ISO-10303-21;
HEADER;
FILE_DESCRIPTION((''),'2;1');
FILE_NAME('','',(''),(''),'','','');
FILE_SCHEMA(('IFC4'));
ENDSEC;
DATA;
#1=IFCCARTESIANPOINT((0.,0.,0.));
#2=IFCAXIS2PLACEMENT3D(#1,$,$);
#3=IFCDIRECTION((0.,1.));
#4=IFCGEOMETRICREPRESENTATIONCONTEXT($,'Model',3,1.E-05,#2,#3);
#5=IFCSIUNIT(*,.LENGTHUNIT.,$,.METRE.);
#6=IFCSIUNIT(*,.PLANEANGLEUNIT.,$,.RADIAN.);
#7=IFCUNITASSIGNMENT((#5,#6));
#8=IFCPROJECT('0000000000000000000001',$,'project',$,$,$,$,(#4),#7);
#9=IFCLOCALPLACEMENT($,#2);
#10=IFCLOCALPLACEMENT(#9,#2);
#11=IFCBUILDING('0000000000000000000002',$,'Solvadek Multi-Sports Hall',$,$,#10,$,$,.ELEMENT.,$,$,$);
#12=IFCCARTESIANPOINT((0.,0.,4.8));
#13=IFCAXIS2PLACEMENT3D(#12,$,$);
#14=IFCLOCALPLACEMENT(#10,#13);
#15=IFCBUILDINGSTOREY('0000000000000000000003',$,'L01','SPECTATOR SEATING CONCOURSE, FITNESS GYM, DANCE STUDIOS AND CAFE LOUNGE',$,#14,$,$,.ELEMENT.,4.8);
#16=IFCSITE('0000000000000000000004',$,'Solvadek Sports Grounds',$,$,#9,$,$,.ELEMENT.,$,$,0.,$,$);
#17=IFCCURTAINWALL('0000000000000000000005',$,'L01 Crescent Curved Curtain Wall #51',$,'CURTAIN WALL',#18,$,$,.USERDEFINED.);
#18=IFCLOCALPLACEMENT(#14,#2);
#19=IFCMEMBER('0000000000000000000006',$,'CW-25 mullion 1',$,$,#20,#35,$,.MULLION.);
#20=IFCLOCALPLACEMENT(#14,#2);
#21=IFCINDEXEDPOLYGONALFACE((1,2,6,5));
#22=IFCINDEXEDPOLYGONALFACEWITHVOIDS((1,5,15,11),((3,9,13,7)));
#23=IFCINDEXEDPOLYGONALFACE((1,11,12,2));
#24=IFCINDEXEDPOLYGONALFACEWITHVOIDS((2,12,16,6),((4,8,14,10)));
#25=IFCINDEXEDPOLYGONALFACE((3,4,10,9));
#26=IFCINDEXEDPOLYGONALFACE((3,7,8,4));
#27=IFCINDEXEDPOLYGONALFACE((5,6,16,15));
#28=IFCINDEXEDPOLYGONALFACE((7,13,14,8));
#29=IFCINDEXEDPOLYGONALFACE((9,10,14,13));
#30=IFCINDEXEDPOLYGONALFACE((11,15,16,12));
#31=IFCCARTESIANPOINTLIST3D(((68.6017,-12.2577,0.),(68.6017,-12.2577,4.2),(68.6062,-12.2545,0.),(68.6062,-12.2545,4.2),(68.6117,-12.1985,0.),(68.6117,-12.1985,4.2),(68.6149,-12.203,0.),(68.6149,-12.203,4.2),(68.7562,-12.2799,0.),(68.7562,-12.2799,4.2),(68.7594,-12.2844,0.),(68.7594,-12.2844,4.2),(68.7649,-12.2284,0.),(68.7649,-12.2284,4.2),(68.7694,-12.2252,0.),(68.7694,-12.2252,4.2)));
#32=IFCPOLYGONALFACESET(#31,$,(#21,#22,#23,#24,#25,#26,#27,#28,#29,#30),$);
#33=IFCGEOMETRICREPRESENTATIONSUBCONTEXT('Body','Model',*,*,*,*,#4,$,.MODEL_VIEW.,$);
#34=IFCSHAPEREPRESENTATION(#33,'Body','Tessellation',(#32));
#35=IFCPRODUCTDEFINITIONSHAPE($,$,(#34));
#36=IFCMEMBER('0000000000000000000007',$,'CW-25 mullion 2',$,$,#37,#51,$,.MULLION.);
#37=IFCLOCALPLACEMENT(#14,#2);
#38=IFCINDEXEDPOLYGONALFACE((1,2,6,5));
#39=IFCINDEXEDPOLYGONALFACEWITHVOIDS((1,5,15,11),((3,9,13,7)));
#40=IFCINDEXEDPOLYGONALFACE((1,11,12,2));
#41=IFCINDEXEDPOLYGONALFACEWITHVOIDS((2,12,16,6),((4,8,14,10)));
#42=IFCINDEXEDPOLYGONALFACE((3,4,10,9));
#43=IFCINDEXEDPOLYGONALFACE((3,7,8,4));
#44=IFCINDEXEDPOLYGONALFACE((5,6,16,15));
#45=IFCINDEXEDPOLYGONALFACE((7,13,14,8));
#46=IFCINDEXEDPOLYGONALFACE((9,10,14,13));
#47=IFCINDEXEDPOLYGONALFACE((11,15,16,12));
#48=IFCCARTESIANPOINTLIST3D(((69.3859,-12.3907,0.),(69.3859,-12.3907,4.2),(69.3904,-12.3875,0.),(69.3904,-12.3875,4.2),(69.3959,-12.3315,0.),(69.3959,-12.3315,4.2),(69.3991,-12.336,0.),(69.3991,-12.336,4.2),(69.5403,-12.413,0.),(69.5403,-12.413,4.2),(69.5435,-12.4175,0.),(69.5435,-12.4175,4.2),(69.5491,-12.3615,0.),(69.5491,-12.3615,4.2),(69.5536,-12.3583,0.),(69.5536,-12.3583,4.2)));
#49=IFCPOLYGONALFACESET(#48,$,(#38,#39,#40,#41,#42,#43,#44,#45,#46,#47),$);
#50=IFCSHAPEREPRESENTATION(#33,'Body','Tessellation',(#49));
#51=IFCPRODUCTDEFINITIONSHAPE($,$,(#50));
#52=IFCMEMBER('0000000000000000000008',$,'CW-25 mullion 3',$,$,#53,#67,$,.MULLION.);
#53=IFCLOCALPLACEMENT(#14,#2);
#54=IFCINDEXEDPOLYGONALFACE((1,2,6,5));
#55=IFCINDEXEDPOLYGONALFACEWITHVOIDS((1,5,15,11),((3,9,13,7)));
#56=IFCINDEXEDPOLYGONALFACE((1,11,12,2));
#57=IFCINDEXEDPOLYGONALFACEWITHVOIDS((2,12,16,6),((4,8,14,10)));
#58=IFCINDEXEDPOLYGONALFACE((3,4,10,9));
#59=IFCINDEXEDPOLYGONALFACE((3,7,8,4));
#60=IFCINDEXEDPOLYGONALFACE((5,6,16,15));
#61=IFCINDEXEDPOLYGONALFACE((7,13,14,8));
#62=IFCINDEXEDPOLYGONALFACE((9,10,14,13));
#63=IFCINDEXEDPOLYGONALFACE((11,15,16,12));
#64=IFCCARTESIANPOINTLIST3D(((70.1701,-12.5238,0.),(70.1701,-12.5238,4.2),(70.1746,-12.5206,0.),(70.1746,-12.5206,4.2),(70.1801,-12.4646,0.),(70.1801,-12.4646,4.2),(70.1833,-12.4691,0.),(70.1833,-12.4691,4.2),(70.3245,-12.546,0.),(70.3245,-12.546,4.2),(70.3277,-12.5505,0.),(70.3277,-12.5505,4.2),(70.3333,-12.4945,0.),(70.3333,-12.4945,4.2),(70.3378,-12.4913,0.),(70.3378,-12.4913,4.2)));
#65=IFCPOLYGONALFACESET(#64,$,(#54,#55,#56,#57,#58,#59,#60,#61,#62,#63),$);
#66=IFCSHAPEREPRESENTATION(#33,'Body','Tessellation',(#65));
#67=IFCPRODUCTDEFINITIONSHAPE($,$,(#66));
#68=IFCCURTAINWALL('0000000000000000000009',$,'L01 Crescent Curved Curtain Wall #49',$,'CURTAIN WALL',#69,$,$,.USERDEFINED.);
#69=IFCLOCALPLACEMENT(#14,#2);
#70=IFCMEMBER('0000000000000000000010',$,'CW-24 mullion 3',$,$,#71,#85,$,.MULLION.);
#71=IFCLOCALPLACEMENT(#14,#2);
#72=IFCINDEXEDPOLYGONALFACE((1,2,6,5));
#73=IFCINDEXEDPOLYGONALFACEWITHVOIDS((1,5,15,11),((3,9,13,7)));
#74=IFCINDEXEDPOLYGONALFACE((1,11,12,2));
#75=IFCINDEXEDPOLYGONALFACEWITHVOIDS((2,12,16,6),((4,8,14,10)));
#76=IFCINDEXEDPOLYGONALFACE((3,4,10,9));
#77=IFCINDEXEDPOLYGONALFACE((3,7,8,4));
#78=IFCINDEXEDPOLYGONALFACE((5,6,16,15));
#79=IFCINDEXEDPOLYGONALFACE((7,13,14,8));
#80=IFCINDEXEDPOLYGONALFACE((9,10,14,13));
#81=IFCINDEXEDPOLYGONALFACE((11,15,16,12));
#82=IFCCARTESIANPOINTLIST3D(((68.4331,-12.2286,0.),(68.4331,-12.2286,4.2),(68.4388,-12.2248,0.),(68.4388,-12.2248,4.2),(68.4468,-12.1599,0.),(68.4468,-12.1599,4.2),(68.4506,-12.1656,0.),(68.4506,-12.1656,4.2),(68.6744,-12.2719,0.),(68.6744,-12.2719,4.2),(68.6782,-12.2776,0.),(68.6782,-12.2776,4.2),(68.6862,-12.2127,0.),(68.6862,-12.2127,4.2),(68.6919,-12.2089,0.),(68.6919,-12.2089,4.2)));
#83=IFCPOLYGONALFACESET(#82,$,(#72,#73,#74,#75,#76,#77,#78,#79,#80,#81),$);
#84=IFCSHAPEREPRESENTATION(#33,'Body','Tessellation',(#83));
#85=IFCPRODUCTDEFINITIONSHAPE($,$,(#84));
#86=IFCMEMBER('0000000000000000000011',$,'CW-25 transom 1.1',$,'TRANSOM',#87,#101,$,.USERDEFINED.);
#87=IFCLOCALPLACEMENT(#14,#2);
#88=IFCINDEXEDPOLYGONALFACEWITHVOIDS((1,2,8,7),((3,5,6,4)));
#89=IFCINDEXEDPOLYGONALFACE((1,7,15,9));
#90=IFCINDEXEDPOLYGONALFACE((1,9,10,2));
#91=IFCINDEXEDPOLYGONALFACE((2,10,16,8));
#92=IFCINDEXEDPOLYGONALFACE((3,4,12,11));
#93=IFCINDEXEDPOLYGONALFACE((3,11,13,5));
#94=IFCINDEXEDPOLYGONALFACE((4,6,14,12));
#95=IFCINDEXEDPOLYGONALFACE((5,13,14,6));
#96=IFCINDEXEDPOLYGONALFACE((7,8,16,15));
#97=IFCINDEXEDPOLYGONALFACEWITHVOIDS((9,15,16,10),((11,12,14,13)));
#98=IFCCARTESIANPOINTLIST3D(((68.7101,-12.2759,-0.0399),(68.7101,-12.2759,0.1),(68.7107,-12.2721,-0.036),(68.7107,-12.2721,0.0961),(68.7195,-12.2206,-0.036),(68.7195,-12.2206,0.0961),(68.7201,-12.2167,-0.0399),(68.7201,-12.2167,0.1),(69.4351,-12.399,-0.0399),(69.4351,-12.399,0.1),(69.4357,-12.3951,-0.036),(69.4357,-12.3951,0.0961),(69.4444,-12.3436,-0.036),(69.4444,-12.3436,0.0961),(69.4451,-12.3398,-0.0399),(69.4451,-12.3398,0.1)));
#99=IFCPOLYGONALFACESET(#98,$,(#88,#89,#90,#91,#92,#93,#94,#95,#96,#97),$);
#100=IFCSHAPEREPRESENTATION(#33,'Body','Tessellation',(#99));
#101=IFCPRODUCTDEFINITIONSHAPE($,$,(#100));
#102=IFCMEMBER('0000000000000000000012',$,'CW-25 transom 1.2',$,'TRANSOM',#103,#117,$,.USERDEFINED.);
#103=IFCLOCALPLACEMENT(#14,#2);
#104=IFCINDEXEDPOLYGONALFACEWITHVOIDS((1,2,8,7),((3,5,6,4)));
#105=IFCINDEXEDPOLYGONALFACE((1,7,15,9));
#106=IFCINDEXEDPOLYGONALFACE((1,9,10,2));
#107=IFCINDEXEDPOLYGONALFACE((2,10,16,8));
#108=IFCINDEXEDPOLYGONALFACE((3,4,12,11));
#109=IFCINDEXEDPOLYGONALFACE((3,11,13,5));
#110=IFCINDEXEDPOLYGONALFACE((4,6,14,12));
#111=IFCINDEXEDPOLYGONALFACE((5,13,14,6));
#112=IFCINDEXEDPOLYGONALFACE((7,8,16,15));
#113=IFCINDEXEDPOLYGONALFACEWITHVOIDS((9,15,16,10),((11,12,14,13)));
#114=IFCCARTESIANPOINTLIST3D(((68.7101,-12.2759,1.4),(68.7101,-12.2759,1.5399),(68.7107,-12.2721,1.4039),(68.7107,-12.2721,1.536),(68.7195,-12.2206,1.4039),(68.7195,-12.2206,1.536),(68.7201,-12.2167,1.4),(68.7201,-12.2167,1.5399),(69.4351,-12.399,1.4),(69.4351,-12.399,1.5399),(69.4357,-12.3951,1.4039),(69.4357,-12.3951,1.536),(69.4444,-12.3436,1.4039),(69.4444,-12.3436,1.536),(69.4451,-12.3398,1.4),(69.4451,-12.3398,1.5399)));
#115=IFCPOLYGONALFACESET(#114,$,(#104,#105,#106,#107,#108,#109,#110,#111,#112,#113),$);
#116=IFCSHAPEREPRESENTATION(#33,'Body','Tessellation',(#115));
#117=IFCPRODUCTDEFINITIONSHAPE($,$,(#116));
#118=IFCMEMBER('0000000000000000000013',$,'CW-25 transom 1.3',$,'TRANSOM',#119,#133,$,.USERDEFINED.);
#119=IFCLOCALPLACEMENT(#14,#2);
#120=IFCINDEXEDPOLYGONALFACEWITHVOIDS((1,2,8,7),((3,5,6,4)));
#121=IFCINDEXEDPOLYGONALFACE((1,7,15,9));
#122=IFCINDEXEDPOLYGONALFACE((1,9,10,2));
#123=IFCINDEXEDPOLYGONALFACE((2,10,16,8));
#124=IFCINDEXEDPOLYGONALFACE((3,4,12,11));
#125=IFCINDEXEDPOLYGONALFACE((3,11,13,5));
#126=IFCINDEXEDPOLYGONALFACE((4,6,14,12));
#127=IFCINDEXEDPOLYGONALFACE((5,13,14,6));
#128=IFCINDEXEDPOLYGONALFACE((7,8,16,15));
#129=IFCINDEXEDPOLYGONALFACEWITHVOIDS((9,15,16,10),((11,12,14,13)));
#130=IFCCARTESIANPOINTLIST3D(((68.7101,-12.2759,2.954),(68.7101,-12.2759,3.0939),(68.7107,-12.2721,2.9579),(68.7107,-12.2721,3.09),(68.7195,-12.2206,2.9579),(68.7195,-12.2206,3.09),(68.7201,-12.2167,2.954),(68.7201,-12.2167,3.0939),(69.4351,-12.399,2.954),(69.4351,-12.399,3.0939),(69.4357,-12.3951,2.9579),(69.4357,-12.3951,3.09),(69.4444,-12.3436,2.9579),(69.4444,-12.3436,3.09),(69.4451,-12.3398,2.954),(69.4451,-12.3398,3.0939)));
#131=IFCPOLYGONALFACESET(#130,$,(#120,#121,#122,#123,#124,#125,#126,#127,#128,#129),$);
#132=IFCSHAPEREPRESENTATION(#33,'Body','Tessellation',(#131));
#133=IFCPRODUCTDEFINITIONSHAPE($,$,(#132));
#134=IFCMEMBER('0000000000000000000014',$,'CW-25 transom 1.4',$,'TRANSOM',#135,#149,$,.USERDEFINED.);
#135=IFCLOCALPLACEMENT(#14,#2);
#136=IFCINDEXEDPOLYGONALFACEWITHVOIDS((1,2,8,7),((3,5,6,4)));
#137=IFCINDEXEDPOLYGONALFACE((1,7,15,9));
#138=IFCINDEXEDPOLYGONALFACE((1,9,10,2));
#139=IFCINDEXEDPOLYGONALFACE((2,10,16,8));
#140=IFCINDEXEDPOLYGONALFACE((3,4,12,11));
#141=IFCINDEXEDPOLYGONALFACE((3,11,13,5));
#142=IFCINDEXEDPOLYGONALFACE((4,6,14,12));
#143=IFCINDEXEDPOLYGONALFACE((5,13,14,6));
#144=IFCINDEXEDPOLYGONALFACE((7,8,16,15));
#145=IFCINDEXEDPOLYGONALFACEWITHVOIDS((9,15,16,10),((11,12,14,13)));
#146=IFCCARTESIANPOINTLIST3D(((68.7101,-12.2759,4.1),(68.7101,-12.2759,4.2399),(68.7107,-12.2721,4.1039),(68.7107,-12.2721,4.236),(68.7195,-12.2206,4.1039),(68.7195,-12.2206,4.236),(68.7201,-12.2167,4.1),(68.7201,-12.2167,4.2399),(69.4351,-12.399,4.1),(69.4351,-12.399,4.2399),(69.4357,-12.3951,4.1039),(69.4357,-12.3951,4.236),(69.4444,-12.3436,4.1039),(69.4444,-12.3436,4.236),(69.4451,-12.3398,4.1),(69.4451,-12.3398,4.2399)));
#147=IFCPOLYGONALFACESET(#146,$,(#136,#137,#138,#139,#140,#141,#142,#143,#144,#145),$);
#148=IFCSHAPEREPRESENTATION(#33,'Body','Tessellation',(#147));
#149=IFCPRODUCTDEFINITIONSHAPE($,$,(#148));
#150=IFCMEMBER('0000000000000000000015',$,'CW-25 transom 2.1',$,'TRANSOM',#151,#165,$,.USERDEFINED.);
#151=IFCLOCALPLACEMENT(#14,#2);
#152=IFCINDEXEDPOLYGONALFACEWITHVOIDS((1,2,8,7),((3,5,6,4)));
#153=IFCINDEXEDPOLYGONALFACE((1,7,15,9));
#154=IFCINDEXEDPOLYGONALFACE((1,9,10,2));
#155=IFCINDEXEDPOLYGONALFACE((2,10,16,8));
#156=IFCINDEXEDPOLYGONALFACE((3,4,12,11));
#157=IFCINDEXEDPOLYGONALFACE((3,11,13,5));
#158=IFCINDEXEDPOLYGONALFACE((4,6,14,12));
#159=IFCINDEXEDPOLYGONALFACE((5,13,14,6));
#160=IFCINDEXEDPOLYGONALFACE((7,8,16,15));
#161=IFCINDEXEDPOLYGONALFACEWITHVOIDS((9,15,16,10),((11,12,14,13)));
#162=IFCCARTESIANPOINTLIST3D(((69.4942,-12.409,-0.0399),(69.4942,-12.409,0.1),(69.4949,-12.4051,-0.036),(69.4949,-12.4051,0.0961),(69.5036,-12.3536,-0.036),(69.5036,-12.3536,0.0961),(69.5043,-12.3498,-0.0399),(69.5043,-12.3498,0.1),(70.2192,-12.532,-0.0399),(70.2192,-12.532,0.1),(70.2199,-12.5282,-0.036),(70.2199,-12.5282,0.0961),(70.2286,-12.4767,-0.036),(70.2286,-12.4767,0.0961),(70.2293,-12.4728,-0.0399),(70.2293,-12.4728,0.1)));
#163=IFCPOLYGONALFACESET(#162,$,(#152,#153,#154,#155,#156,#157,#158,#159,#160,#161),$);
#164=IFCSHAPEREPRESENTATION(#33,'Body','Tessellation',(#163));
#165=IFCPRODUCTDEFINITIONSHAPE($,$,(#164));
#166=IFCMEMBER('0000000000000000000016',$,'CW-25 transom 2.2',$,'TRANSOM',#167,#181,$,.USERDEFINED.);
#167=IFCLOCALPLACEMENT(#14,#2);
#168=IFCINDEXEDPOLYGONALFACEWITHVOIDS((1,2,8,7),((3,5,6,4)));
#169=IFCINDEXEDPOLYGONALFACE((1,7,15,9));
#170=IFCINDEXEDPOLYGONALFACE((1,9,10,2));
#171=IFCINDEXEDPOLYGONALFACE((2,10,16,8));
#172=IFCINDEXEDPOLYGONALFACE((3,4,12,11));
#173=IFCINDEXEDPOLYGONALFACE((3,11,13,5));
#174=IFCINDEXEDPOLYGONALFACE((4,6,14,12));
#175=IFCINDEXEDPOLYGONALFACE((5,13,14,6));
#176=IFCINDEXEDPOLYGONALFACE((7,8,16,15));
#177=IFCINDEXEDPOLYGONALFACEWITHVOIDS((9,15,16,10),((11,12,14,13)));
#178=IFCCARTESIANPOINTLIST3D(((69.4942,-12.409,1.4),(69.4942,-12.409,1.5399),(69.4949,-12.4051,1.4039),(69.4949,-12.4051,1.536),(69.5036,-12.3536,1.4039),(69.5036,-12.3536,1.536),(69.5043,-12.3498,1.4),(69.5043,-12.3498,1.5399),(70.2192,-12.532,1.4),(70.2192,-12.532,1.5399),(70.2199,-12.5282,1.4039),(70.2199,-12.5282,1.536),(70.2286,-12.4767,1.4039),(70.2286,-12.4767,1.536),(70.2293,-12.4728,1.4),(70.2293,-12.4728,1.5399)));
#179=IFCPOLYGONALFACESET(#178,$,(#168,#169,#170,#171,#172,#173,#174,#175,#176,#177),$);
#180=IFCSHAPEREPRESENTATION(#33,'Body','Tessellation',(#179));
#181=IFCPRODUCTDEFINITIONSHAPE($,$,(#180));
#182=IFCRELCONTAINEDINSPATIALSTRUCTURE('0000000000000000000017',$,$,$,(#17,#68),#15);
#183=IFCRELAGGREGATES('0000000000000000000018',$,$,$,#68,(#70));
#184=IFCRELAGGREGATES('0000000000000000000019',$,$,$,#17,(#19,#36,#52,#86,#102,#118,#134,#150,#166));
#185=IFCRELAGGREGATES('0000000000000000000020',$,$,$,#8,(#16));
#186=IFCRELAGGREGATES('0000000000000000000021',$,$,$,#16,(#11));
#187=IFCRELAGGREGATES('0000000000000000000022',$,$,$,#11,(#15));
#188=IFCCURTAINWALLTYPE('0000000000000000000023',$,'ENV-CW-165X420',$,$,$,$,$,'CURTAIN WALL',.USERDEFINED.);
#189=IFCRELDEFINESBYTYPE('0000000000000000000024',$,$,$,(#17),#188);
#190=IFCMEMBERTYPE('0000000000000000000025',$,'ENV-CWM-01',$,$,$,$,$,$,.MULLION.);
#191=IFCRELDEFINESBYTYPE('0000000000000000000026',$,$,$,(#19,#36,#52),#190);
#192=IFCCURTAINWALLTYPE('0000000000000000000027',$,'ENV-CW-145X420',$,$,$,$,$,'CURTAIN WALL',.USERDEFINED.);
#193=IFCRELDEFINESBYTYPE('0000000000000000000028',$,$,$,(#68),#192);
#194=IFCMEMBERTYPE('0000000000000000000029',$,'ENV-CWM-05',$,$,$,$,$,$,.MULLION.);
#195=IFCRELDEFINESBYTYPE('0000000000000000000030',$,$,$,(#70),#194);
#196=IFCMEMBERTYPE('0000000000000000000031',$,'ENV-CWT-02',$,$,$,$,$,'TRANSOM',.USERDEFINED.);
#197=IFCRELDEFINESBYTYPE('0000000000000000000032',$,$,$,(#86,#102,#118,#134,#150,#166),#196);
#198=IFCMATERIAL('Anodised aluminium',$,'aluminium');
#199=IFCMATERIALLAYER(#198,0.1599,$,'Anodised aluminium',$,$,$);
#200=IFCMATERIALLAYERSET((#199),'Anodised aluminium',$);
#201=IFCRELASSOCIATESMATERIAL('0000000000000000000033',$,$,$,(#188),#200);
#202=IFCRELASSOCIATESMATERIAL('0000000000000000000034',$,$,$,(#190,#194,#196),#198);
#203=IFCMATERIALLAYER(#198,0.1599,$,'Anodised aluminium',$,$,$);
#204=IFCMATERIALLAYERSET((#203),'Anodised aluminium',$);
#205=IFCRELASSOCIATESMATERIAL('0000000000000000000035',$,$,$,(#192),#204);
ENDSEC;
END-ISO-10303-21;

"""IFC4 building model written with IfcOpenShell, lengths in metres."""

from ifc_helpers import new_model, si_unit, direction, frame, origin, origin_2d, place, context, subcontext, project, spatial, hollow_rectangle, extrude, material, layer, layer_set, material_profile, profile_set, type_object, element, aggregate, save


model = new_model("IFC4")

# Units and contexts
model_context = context("Model", 3, precision=1e-05, world=origin(), true_north=direction((0.0, 1.0)))
body_context = subcontext(model_context, "Body", "Model", "MODEL_VIEW")
ifc_project = project(units=[si_unit("LENGTHUNIT", "METRE"), si_unit("PLANEANGLEUNIT", "RADIAN")], contexts=[model_context])

# Site, building, storey
site_placement = place(None, origin())
site = spatial("IfcSite", under=ifc_project, at=site_placement, Name="Solvadek Sports Grounds", CompositionType="ELEMENT", RefElevation=0.0)
building_placement = place(site_placement, origin())
building = spatial("IfcBuilding", under=site, at=building_placement, Name="Solvadek Multi-Sports Hall", CompositionType="ELEMENT")
storey_placement = place(building_placement, frame((0.0, 0.0, 4.8)))
storey = spatial("IfcBuildingStorey", under=building, at=storey_placement, Name="L01", Description="SPECTATOR SEATING CONCOURSE, FITNESS GYM, DANCE STUDIOS AND CAFE LOUNGE", CompositionType="ELEMENT", Elevation=4.8)

# Curtain wall, members
ifc_material_1 = material(Name="Anodised aluminium", Category="aluminium")
ifc_layer_1 = layer(ifc_material_1, 0.1599, Name="Anodised aluminium")
ifc_layer_set_1 = layer_set([ifc_layer_1], Name="Anodised aluminium")
curtain_wall_type_1 = type_object("IfcCurtainWallType", Name="ENV-CW-165X420", ElementType="CURTAIN WALL", PredefinedType="USERDEFINED", material=ifc_layer_set_1)
curtain_wall_1_placement = place(storey_placement, origin())
curtain_wall_1 = element("IfcCurtainWall", 1, at=curtain_wall_1_placement, inside=storey, type_object=curtain_wall_type_1, Name="L01 Crescent Curved Curtain Wall #51", ObjectType="CURTAIN WALL", PredefinedType="USERDEFINED")
ifc_material_profile_1 = material_profile(ifc_material_1, hollow_rectangle(XDim=0.0601, YDim=0.1599, WallThickness=0.0039, at=origin_2d()), Name="ALU-M 160x60x4")
ifc_profile_set_1 = profile_set([ifc_material_profile_1], Name="Anodised aluminium")
member_type_1 = type_object("IfcMemberType", Name="ENV-CWM-01", PredefinedType="MULLION", material=ifc_profile_set_1)
member_1_placement = place(storey_placement, frame((68.6855, -12.2415, 0.0), z_axis=(0.0, 0.0, 1.0), x_axis=(0.167247, 0.985915, 0.0)))
member_1 = element("IfcMember", 2, at=member_1_placement, type_object=member_type_1, Name="CW-25 mullion 1", PredefinedType="MULLION", context=body_context, shape_type="SweptSolid", body=[
    extrude(hollow_rectangle(XDim=0.0601, YDim=0.1599, WallThickness=0.0039, at=origin_2d()), origin(), (0.0, 0.0, 1.0), 4.2),
])
member_2_placement = place(storey_placement, frame((69.4697, -12.3745, 0.0), z_axis=(0.0, 0.0, 1.0), x_axis=(0.167247, 0.985915, 0.0)))
member_2 = element("IfcMember", 3, at=member_2_placement, type_object=member_type_1, Name="CW-25 mullion 2", PredefinedType="MULLION", context=body_context, shape_type="SweptSolid", body=[
    extrude(hollow_rectangle(XDim=0.0601, YDim=0.1599, WallThickness=0.0039, at=origin_2d()), origin(), (0.0, 0.0, 1.0), 4.2),
])
member_3_placement = place(storey_placement, frame((70.2539, -12.5076, 0.0), z_axis=(0.0, 0.0, 1.0), x_axis=(0.167247, 0.985915, 0.0)))
member_3 = element("IfcMember", 4, at=member_3_placement, type_object=member_type_1, Name="CW-25 mullion 3", PredefinedType="MULLION", context=body_context, shape_type="SweptSolid", body=[
    extrude(hollow_rectangle(XDim=0.0601, YDim=0.1599, WallThickness=0.0039, at=origin_2d()), origin(), (0.0, 0.0, 1.0), 4.2),
])

# Curtain wall, member
ifc_layer_2 = layer(ifc_material_1, 0.1599, Name="Anodised aluminium")
ifc_layer_set_2 = layer_set([ifc_layer_2], Name="Anodised aluminium")
curtain_wall_type_2 = type_object("IfcCurtainWallType", Name="ENV-CW-145X420", ElementType="CURTAIN WALL", PredefinedType="USERDEFINED", material=ifc_layer_set_2)
curtain_wall_2_placement = place(storey_placement, origin())
curtain_wall_2 = element("IfcCurtainWall", 5, at=curtain_wall_2_placement, inside=storey, type_object=curtain_wall_type_2, Name="L01 Crescent Curved Curtain Wall #49", ObjectType="CURTAIN WALL", PredefinedType="USERDEFINED")
ifc_material_profile_2 = material_profile(ifc_material_1, hollow_rectangle(XDim=0.0701, YDim=0.25, WallThickness=0.0049, at=origin_2d()), Name="ALU-M 250x70x5")
ifc_profile_set_2 = profile_set([ifc_material_profile_2], Name="Anodised aluminium")
member_type_2 = type_object("IfcMemberType", Name="ENV-CWM-05", PredefinedType="MULLION", material=ifc_profile_set_2)
member_4_placement = place(storey_placement, frame((68.5625, -12.2188, 0.0), z_axis=(0.0, 0.0, 1.0), x_axis=(0.196156, 0.980573, 0.0)))
member_4 = element("IfcMember", 6, at=member_4_placement, type_object=member_type_2, Name="CW-24 mullion 3", PredefinedType="MULLION", context=body_context, shape_type="SweptSolid", body=[
    extrude(hollow_rectangle(XDim=0.0701, YDim=0.25, WallThickness=0.0049, at=origin_2d()), origin(), (0.0, 0.0, 1.0), 4.2),
])
aggregate(curtain_wall_2, [member_4])

# Members
ifc_material_profile_3 = material_profile(ifc_material_1, hollow_rectangle(XDim=0.0601, YDim=0.1399, WallThickness=0.0039, at=origin_2d()), Name="ALU-T 140x60x4")
ifc_profile_set_3 = profile_set([ifc_material_profile_3], Name="Anodised aluminium")
member_type_3 = type_object("IfcMemberType", Name="ENV-CWT-02", ElementType="TRANSOM", PredefinedType="USERDEFINED", material=ifc_profile_set_3)
member_5_placement = place(storey_placement, frame((68.7151, -12.2463, 0.03), z_axis=(0.985905, -0.167305, 0.0), x_axis=(0.167305, 0.985905, 0.0)))
member_5 = element("IfcMember", 7, at=member_5_placement, type_object=member_type_3, Name="CW-25 transom 1.1", ObjectType="TRANSOM", PredefinedType="USERDEFINED", context=body_context, shape_type="SweptSolid", body=[
    extrude(hollow_rectangle(XDim=0.0601, YDim=0.1399, WallThickness=0.0039, at=origin_2d()), origin(), (0.0, 0.0, 1.0), 0.7354),
])
member_6_placement = place(storey_placement, frame((68.7151, -12.2463, 1.47), z_axis=(0.985905, -0.167305, 0.0), x_axis=(0.167305, 0.985905, 0.0)))
member_6 = element("IfcMember", 8, at=member_6_placement, type_object=member_type_3, Name="CW-25 transom 1.2", ObjectType="TRANSOM", PredefinedType="USERDEFINED", context=body_context, shape_type="SweptSolid", body=[
    extrude(hollow_rectangle(XDim=0.0601, YDim=0.1399, WallThickness=0.0039, at=origin_2d()), origin(), (0.0, 0.0, 1.0), 0.7354),
])
member_7_placement = place(storey_placement, frame((68.7151, -12.2463, 3.0239), z_axis=(0.985905, -0.167305, 0.0), x_axis=(0.167305, 0.985905, 0.0)))
member_7 = element("IfcMember", 9, at=member_7_placement, type_object=member_type_3, Name="CW-25 transom 1.3", ObjectType="TRANSOM", PredefinedType="USERDEFINED", context=body_context, shape_type="SweptSolid", body=[
    extrude(hollow_rectangle(XDim=0.0601, YDim=0.1399, WallThickness=0.0039, at=origin_2d()), origin(), (0.0, 0.0, 1.0), 0.7354),
])
member_8_placement = place(storey_placement, frame((68.7151, -12.2463, 4.1699), z_axis=(0.985905, -0.167305, 0.0), x_axis=(0.167305, 0.985905, 0.0)))
member_8 = element("IfcMember", 10, at=member_8_placement, type_object=member_type_3, Name="CW-25 transom 1.4", ObjectType="TRANSOM", PredefinedType="USERDEFINED", context=body_context, shape_type="SweptSolid", body=[
    extrude(hollow_rectangle(XDim=0.0601, YDim=0.1399, WallThickness=0.0039, at=origin_2d()), origin(), (0.0, 0.0, 1.0), 0.7354),
])
member_9_placement = place(storey_placement, frame((69.4993, -12.3794, 0.03), z_axis=(0.985905, -0.167305, 0.0), x_axis=(0.167305, 0.985905, 0.0)))
member_9 = element("IfcMember", 11, at=member_9_placement, type_object=member_type_3, Name="CW-25 transom 2.1", ObjectType="TRANSOM", PredefinedType="USERDEFINED", context=body_context, shape_type="SweptSolid", body=[
    extrude(hollow_rectangle(XDim=0.0601, YDim=0.1399, WallThickness=0.0039, at=origin_2d()), origin(), (0.0, 0.0, 1.0), 0.7354),
])
member_10_placement = place(storey_placement, frame((69.4993, -12.3794, 1.47), z_axis=(0.985905, -0.167305, 0.0), x_axis=(0.167305, 0.985905, 0.0)))
member_10 = element("IfcMember", 12, at=member_10_placement, type_object=member_type_3, Name="CW-25 transom 2.2", ObjectType="TRANSOM", PredefinedType="USERDEFINED", context=body_context, shape_type="SweptSolid", body=[
    extrude(hollow_rectangle(XDim=0.0601, YDim=0.1399, WallThickness=0.0039, at=origin_2d()), origin(), (0.0, 0.0, 1.0), 0.7354),
])

aggregate(curtain_wall_1, [member_1, member_2, member_3, member_5, member_6, member_7, member_8, member_9, member_10])

save(model, "model.ifc")
